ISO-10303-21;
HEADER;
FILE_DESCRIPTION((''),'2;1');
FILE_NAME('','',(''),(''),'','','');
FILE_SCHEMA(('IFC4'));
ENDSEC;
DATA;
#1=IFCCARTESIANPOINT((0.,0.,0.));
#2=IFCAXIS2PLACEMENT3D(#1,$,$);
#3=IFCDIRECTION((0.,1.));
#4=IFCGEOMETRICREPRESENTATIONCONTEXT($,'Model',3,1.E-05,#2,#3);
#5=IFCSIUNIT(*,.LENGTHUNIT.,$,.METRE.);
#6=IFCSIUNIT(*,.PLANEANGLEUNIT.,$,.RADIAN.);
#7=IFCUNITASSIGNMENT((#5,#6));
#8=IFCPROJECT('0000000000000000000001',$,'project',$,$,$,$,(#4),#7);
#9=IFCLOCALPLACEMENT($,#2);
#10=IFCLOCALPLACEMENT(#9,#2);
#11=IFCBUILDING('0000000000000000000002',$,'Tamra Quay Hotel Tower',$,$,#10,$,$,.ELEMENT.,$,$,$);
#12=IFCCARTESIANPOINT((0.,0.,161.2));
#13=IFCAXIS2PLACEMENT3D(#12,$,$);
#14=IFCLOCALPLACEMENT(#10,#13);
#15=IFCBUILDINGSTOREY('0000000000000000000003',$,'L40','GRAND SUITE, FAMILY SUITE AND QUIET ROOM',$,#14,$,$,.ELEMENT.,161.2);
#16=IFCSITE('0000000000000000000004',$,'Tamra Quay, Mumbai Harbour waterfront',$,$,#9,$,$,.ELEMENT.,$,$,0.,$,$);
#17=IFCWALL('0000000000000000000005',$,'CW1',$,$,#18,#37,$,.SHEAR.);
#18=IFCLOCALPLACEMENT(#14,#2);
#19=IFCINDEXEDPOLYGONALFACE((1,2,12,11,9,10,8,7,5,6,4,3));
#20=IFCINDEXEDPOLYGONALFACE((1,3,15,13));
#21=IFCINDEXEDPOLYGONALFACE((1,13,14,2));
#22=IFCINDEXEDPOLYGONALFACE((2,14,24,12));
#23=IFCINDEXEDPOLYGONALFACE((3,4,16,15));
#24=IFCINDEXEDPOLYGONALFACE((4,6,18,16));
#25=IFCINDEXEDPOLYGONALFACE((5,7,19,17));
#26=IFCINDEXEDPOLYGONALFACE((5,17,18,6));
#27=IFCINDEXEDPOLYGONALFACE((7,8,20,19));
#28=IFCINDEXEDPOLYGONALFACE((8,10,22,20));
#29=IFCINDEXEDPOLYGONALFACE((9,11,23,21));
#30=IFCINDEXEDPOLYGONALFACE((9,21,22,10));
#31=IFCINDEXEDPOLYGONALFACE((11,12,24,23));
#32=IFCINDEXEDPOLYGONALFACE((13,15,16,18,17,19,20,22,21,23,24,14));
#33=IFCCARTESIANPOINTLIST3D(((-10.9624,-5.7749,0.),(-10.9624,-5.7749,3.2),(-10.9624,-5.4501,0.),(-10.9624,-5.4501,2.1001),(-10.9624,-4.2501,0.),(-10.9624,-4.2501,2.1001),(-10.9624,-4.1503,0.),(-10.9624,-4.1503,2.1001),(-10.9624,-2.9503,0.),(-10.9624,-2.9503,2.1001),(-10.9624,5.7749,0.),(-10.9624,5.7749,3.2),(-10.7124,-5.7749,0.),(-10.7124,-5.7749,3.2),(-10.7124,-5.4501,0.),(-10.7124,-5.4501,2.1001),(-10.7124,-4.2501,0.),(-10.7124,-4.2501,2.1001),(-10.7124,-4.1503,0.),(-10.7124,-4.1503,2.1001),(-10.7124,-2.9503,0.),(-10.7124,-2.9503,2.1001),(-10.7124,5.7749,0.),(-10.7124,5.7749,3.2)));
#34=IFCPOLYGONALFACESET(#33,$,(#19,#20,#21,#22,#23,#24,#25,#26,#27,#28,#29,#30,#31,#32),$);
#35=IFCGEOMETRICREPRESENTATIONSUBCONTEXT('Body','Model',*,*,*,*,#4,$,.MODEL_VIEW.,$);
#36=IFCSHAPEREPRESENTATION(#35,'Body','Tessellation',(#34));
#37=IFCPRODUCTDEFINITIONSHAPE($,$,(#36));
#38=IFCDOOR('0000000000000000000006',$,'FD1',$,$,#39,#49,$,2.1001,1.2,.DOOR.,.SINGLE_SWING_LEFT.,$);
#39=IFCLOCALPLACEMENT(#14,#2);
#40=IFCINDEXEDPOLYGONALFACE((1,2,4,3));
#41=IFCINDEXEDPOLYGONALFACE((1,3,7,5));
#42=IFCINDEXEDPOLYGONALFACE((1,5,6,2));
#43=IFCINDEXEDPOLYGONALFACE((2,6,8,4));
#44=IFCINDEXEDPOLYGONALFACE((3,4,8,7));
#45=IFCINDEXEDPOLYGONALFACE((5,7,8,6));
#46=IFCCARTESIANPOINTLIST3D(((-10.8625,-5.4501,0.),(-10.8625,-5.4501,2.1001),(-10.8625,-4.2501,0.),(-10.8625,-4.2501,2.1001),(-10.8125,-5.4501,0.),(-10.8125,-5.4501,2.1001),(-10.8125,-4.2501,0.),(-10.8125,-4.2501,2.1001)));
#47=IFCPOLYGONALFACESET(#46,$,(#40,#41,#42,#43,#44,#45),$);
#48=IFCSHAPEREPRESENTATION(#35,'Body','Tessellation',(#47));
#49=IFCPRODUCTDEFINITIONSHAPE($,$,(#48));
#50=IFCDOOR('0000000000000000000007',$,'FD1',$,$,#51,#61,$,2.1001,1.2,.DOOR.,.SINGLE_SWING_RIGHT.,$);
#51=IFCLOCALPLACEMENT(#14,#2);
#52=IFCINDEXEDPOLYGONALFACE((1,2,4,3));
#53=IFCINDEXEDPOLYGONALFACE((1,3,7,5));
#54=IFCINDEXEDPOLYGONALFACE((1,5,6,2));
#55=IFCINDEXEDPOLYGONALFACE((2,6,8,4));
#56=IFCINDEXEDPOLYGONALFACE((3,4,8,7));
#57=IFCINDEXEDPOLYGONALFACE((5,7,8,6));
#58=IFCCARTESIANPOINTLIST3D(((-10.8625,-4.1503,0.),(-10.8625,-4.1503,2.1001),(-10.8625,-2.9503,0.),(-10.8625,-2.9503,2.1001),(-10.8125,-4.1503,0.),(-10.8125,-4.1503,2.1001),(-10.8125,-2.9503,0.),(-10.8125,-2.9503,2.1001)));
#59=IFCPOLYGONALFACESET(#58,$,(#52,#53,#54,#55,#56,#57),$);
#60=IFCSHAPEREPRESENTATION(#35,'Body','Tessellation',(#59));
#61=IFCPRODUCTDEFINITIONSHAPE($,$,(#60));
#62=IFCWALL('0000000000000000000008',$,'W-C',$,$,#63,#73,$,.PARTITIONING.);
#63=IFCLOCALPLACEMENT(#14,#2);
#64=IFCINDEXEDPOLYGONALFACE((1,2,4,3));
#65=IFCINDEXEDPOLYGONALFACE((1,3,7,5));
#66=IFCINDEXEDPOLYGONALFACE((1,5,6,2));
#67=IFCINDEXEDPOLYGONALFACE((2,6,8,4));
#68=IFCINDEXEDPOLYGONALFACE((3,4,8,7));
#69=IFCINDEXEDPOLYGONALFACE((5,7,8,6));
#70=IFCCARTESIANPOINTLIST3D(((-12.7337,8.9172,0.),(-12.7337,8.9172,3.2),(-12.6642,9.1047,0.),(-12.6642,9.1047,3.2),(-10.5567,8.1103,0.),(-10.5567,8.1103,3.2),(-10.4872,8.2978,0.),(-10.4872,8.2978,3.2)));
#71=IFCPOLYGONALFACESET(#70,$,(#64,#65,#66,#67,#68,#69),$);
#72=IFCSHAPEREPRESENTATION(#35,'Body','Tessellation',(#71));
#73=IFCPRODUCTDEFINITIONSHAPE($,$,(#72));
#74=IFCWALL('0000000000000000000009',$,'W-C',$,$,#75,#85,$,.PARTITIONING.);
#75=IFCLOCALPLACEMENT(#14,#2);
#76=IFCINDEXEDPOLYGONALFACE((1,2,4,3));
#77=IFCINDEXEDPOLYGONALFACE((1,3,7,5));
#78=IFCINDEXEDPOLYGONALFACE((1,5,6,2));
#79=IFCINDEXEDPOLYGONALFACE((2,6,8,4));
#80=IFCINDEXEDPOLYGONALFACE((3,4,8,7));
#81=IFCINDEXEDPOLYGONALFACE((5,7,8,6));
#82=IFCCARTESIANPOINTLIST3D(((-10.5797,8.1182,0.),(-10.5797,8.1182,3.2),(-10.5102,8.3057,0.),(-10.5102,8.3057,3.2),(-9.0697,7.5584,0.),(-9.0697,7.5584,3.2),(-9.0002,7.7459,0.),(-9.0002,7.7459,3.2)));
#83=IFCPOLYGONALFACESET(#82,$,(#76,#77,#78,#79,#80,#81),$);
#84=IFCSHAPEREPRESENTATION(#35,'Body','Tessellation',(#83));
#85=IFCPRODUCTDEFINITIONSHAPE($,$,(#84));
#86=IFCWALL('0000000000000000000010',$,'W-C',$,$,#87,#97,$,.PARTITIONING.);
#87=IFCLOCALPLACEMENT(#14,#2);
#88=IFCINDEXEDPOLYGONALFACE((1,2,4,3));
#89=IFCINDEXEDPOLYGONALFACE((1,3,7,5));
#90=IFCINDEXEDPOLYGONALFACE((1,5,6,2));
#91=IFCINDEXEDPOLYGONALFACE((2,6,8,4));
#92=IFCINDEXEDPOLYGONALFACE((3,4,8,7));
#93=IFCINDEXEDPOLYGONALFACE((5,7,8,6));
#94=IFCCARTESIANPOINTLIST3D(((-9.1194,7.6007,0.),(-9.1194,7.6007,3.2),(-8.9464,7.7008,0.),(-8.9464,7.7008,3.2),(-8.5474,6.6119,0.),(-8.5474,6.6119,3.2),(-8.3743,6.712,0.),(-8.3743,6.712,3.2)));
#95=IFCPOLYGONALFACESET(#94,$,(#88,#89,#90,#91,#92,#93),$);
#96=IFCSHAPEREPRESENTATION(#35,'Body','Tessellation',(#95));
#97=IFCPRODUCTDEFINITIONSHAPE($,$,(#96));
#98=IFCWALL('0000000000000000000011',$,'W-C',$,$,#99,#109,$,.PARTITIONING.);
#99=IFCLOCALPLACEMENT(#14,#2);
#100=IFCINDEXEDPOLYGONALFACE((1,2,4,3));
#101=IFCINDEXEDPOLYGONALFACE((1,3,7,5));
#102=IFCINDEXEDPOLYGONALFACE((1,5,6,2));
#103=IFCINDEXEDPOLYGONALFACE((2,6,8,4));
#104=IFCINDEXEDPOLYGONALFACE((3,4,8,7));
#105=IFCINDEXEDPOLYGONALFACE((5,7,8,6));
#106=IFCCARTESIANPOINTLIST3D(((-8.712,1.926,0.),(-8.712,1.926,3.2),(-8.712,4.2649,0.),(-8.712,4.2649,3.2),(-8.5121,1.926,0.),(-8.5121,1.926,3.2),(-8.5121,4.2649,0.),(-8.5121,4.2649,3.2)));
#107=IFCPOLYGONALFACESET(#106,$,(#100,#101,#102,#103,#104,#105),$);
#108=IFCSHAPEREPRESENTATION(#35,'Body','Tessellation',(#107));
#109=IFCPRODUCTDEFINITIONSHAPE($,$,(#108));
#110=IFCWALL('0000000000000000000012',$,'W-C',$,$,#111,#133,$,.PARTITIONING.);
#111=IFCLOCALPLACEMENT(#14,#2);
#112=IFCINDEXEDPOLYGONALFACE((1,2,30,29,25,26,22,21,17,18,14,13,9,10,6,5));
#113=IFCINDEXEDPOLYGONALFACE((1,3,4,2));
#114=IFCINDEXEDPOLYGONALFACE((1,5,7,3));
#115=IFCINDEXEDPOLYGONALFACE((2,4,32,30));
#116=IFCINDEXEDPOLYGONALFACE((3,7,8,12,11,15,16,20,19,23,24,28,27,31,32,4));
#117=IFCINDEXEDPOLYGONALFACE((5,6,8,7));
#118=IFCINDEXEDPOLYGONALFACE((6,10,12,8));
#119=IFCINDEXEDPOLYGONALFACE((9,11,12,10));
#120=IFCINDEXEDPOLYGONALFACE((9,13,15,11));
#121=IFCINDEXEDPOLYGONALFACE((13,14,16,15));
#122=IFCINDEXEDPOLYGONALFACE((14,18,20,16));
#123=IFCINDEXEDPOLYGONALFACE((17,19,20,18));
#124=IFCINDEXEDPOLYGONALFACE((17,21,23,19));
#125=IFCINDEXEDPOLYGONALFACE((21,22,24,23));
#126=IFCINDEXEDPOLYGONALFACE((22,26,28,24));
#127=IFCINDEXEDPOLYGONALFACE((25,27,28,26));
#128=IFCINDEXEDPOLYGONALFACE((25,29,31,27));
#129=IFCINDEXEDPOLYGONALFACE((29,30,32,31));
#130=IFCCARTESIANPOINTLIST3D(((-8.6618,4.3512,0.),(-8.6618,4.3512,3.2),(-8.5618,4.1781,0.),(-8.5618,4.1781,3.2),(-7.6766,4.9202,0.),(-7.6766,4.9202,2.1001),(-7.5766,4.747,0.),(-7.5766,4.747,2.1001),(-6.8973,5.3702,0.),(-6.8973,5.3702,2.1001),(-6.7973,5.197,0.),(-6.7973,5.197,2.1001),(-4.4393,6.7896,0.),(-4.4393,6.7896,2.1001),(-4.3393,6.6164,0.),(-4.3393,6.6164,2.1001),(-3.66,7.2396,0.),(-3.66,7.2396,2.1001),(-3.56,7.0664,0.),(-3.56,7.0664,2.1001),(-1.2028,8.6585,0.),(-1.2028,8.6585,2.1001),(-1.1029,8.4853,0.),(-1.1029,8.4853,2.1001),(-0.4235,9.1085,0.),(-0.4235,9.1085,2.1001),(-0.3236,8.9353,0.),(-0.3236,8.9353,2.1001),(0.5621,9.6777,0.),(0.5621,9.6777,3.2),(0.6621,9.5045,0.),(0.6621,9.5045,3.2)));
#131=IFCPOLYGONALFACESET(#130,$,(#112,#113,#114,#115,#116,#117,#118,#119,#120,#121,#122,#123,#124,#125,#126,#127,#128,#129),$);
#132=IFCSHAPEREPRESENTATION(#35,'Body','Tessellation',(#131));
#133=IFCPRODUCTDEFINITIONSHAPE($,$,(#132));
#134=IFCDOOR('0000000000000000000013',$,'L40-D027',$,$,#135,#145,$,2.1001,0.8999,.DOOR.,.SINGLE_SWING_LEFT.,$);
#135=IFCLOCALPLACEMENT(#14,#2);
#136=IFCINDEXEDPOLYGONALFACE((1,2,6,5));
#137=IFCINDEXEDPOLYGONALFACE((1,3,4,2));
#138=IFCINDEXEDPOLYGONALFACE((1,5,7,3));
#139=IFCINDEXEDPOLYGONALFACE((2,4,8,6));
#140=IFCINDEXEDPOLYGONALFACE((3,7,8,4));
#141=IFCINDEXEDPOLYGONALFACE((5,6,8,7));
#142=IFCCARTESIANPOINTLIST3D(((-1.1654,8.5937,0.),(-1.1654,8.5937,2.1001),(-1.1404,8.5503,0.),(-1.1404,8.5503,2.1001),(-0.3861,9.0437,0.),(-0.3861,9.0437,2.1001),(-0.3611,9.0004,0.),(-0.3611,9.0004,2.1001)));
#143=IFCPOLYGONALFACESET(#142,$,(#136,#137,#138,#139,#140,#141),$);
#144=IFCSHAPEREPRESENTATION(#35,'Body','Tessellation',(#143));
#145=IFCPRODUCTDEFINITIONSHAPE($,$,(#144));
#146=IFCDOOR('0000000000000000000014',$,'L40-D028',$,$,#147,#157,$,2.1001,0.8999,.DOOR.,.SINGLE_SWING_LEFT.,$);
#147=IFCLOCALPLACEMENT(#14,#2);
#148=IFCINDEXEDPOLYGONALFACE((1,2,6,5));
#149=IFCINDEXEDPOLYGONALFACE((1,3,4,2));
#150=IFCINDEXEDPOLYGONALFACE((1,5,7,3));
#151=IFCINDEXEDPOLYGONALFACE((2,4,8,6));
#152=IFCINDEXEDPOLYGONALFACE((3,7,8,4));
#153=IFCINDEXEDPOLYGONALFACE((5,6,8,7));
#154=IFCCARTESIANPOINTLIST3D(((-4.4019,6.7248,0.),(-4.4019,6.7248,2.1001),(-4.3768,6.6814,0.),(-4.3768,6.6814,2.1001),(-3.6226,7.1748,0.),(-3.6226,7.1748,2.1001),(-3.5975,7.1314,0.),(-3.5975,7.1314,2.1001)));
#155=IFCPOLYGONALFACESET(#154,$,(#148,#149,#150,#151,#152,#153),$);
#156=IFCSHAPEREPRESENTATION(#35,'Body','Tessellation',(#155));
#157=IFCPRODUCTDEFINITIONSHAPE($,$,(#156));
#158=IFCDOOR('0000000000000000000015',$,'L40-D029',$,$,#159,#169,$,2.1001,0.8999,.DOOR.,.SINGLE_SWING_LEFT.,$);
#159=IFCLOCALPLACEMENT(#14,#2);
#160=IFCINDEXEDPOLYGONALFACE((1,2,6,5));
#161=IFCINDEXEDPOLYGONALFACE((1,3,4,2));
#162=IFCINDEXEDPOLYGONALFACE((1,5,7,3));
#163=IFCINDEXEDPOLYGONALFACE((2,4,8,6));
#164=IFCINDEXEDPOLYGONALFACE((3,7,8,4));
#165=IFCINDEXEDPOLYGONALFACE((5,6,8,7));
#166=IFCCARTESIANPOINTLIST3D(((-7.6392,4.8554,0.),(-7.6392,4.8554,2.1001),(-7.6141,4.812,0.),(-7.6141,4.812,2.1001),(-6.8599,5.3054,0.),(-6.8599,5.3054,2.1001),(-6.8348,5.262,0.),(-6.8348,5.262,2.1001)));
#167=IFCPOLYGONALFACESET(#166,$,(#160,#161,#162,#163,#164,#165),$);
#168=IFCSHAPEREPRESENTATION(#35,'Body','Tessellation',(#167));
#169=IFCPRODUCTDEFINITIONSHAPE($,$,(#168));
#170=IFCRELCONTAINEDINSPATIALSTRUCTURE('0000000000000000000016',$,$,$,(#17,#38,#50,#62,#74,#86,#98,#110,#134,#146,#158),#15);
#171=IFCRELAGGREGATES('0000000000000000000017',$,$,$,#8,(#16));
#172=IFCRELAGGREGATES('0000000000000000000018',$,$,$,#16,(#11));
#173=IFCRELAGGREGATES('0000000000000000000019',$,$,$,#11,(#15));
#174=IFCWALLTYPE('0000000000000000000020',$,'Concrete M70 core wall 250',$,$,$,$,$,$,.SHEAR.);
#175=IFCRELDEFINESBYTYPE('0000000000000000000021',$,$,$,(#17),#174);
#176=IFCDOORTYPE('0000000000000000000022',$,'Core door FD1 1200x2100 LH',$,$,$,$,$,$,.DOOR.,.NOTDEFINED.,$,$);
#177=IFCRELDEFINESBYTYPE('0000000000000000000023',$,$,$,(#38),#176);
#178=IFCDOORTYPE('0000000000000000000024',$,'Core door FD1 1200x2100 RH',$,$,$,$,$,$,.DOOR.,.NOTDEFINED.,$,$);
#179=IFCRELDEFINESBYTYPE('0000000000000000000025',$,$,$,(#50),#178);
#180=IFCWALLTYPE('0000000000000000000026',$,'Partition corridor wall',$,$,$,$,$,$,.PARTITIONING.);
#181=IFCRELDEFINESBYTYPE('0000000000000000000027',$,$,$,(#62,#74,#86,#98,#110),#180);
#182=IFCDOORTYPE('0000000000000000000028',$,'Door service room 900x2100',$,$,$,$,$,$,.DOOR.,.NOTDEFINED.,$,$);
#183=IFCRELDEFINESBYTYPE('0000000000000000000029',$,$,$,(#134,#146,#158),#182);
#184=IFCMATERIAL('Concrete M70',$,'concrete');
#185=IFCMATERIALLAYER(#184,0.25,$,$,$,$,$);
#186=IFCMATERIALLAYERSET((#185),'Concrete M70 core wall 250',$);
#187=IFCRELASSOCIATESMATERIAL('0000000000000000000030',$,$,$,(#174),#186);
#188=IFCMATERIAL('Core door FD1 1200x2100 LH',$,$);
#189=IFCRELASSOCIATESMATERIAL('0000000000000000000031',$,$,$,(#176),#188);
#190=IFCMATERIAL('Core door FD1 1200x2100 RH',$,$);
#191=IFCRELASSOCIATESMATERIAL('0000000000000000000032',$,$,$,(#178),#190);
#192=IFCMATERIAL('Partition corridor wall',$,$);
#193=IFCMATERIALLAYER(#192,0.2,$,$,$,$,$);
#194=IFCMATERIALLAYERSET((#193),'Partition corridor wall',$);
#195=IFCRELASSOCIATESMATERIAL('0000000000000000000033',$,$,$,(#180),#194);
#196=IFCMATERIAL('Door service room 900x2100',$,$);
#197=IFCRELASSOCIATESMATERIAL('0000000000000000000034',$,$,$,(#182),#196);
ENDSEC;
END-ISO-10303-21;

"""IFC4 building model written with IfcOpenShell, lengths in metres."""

from ifc_helpers import new_model, si_unit, direction, frame, frame_2d, origin, place, context, subcontext, project, spatial, rectangle, extrude, material, layer, layer_set, type_object, element, fill, save


model = new_model("IFC4")

# Units and contexts
model_context = context("Model", 3, precision=1e-05, world=origin(), true_north=direction((0.0, 1.0)))
body_context = subcontext(model_context, "Body", "Model", "MODEL_VIEW")
ifc_project = project(units=[si_unit("LENGTHUNIT", "METRE"), si_unit("PLANEANGLEUNIT", "RADIAN")], contexts=[model_context])

# Site, building, storey
site_placement = place(None, origin())
site = spatial("IfcSite", under=ifc_project, at=site_placement, Name="Tamra Quay, Mumbai Harbour waterfront", CompositionType="ELEMENT", RefElevation=0.0)
building_placement = place(site_placement, origin())
building = spatial("IfcBuilding", under=site, at=building_placement, Name="Tamra Quay Hotel Tower", CompositionType="ELEMENT")
storey_placement = place(building_placement, frame((0.0, 0.0, 161.2)))
storey = spatial("IfcBuildingStorey", under=building, at=storey_placement, Name="L40", Description="GRAND SUITE, FAMILY SUITE AND QUIET ROOM", CompositionType="ELEMENT", Elevation=161.2)

# Wall, openings, doors
ifc_material_1 = material(Name="Concrete M70", Category="concrete")
ifc_layer_1 = layer(ifc_material_1, 0.25)
ifc_layer_set_1 = layer_set([ifc_layer_1], Name="Concrete M70 core wall 250")
wall_type_1 = type_object("IfcWallType", Name="Concrete M70 core wall 250", PredefinedType="SHEAR", material=ifc_layer_set_1)
wall_1_placement = place(storey_placement, frame((-10.8374, 5.7749, 0.0), z_axis=(0.0, 0.0, 1.0), x_axis=(0.0, -1.0, 0.0)))
wall_1 = element("IfcWall", 1, at=wall_1_placement, inside=storey, type_object=wall_type_1, Name="CW1", PredefinedType="SHEAR", context=body_context, shape_type="SweptSolid", body=[
    extrude(rectangle(XDim=11.5498, YDim=0.25, at=frame_2d((5.7749, 0.0))), origin(), (0.0, 0.0, 1.0), 3.2),
])
opening_1_placement = place(wall_1_placement, frame((10.0249, 0.0, 0.0)))
opening_1 = element("IfcOpeningElement", 2, at=opening_1_placement, cuts=wall_1, PredefinedType="OPENING", context=body_context, shape_type="SweptSolid", body=[
    extrude(rectangle(XDim=1.2, YDim=2.1001, at=frame_2d((0.6001, 1.05))), frame((0.0, 0.135, 0.0), z_axis=(0.0, -1.0, 0.0), x_axis=(1.0, 0.0, 0.0)), (0.0, 0.0, 1.0), 0.27),
])
opening_2_placement = place(wall_1_placement, frame((8.7251, 0.0, 0.0)))
opening_2 = element("IfcOpeningElement", 3, at=opening_2_placement, cuts=wall_1, PredefinedType="OPENING", context=body_context, shape_type="SweptSolid", body=[
    extrude(rectangle(XDim=1.2, YDim=2.1001, at=frame_2d((0.6001, 1.05))), frame((0.0, 0.135, 0.0), z_axis=(0.0, -1.0, 0.0), x_axis=(1.0, 0.0, 0.0)), (0.0, 0.0, 1.0), 0.27),
])
ifc_material_2 = material(Name="Core door FD1 1200x2100 LH")
door_type_1 = type_object("IfcDoorType", Name="Core door FD1 1200x2100 LH", OperationType="NOTDEFINED", PredefinedType="DOOR", material=ifc_material_2)
door_1_placement = place(opening_1_placement, origin())
door_1 = element("IfcDoor", 4, at=door_1_placement, inside=storey, type_object=door_type_1, Name="FD1", OperationType="SINGLE_SWING_LEFT", OverallHeight=2.1001, OverallWidth=1.2, PredefinedType="DOOR", context=body_context, shape_type="SweptSolid", body=[
    extrude(rectangle(XDim=1.2, YDim=2.1001, at=frame_2d((0.6001, 1.05))), frame((0.0, 0.0249, 0.0), z_axis=(0.0, -1.0, 0.0), x_axis=(1.0, 0.0, 0.0)), (0.0, 0.0, 1.0), 0.05),
])
fill(opening_1, door_1)
ifc_material_3 = material(Name="Core door FD1 1200x2100 RH")
door_type_2 = type_object("IfcDoorType", Name="Core door FD1 1200x2100 RH", OperationType="NOTDEFINED", PredefinedType="DOOR", material=ifc_material_3)
door_2_placement = place(opening_2_placement, origin())
door_2 = element("IfcDoor", 5, at=door_2_placement, inside=storey, type_object=door_type_2, Name="FD1", OperationType="SINGLE_SWING_RIGHT", OverallHeight=2.1001, OverallWidth=1.2, PredefinedType="DOOR", context=body_context, shape_type="SweptSolid", body=[
    extrude(rectangle(XDim=1.2, YDim=2.1001, at=frame_2d((0.6001, 1.05))), frame((0.0, 0.0249, 0.0), z_axis=(0.0, -1.0, 0.0), x_axis=(1.0, 0.0, 0.0)), (0.0, 0.0, 1.0), 0.05),
])
fill(opening_2, door_2)

# Walls
ifc_material_4 = material(Name="Partition corridor wall")
ifc_layer_2 = layer(ifc_material_4, 0.2)
ifc_layer_set_2 = layer_set([ifc_layer_2], Name="Partition corridor wall")
wall_type_2 = type_object("IfcWallType", Name="Partition corridor wall", PredefinedType="PARTITIONING", material=ifc_layer_set_2)
wall_2_placement = place(storey_placement, frame((-12.699, 9.011, 0.0), z_axis=(0.0, 0.0, 1.0), x_axis=(0.937666, -0.347537, 0.0)))
element("IfcWall", 6, at=wall_2_placement, inside=storey, type_object=wall_type_2, Name="W-C", PredefinedType="PARTITIONING", context=body_context, shape_type="SweptSolid", body=[
    extrude(rectangle(XDim=2.3218, YDim=0.2, at=frame_2d((1.1609, 0.0))), origin(), (0.0, 0.0, 1.0), 3.2),
])
wall_3_placement = place(storey_placement, frame((-10.5449, 8.2119, 0.0), z_axis=(0.0, 0.0, 1.0), x_axis=(0.937637, -0.347616, 0.0)))
element("IfcWall", 7, at=wall_3_placement, inside=storey, type_object=wall_type_2, Name="W-C", PredefinedType="PARTITIONING", context=body_context, shape_type="SweptSolid", body=[
    extrude(rectangle(XDim=1.6104, YDim=0.2, at=frame_2d((0.8052, 0.0))), origin(), (0.0, 0.0, 1.0), 3.2),
])
wall_4_placement = place(storey_placement, frame((-9.033, 7.6509, 0.0), z_axis=(0.0, 0.0, 1.0), x_axis=(0.500758, -0.865587, 0.0)))
element("IfcWall", 8, at=wall_4_placement, inside=storey, type_object=wall_type_2, Name="W-C", PredefinedType="PARTITIONING", context=body_context, shape_type="SweptSolid", body=[
    extrude(rectangle(XDim=1.1423, YDim=0.2, at=frame_2d((0.5713, 0.0))), origin(), (0.0, 0.0, 1.0), 3.2),
])
wall_5_placement = place(storey_placement, frame((-8.6121, 1.926, 0.0), z_axis=(0.0, 0.0, 1.0), x_axis=(0.0, 1.0, 0.0)))
element("IfcWall", 9, at=wall_5_placement, inside=storey, type_object=wall_type_2, Name="W-C", PredefinedType="PARTITIONING", context=body_context, shape_type="SweptSolid", body=[
    extrude(rectangle(XDim=2.3389, YDim=0.2, at=frame_2d((1.1694, 0.0))), origin(), (0.0, 0.0, 1.0), 3.2),
])

# Wall, openings, doors
wall_6_placement = place(storey_placement, frame((-8.6118, 4.2646, 0.0), z_axis=(0.0, 0.0, 1.0), x_axis=(0.865984, 0.500071, 0.0)))
wall_6 = element("IfcWall", 10, at=wall_6_placement, inside=storey, type_object=wall_type_2, Name="W-C", PredefinedType="PARTITIONING", context=body_context, shape_type="SweptSolid", body=[
    extrude(rectangle(XDim=10.6514, YDim=0.2, at=frame_2d((5.3257, 0.0))), origin(), (0.0, 0.0, 1.0), 3.2),
])
opening_3_placement = place(wall_6_placement, frame((8.6133, 0.0, 0.0)))
opening_3 = element("IfcOpeningElement", 11, at=opening_3_placement, cuts=wall_6, PredefinedType="OPENING", context=body_context, shape_type="SweptSolid", body=[
    extrude(rectangle(XDim=0.8999, YDim=2.1001, at=frame_2d((0.45, 1.05))), frame((0.0, 0.1099, 0.0), z_axis=(0.0, -1.0, 0.0), x_axis=(1.0, 0.0, 0.0)), (0.0, 0.0, 1.0), 0.22),
])
opening_4_placement = place(wall_6_placement, frame((4.876, 0.0, 0.0)))
opening_4 = element("IfcOpeningElement", 12, at=opening_4_placement, cuts=wall_6, PredefinedType="OPENING", context=body_context, shape_type="SweptSolid", body=[
    extrude(rectangle(XDim=0.8999, YDim=2.1001, at=frame_2d((0.45, 1.05))), frame((0.0, 0.1099, 0.0), z_axis=(0.0, -1.0, 0.0), x_axis=(1.0, 0.0, 0.0)), (0.0, 0.0, 1.0), 0.22),
])
opening_5_placement = place(wall_6_placement, frame((1.1377, 0.0, 0.0)))
opening_5 = element("IfcOpeningElement", 13, at=opening_5_placement, cuts=wall_6, PredefinedType="OPENING", context=body_context, shape_type="SweptSolid", body=[
    extrude(rectangle(XDim=0.8999, YDim=2.1001, at=frame_2d((0.45, 1.05))), frame((0.0, 0.1099, 0.0), z_axis=(0.0, -1.0, 0.0), x_axis=(1.0, 0.0, 0.0)), (0.0, 0.0, 1.0), 0.22),
])
ifc_material_5 = material(Name="Door service room 900x2100")
door_type_3 = type_object("IfcDoorType", Name="Door service room 900x2100", OperationType="NOTDEFINED", PredefinedType="DOOR", material=ifc_material_5)
door_3_placement = place(opening_3_placement, frame((0.8999, 0.0, 0.0), z_axis=(0.0, 0.0, 1.0), x_axis=(-1.0, 0.0, 0.0)))
door_3 = element("IfcDoor", 14, at=door_3_placement, inside=storey, type_object=door_type_3, Name="L40-D027", OperationType="SINGLE_SWING_LEFT", OverallHeight=2.1001, OverallWidth=0.8999, PredefinedType="DOOR", context=body_context, shape_type="SweptSolid", body=[
    extrude(rectangle(XDim=0.8999, YDim=2.1001, at=frame_2d((0.45, 1.05))), frame((0.0, 0.0249, 0.0), z_axis=(0.0, -1.0, 0.0), x_axis=(1.0, 0.0, 0.0)), (0.0, 0.0, 1.0), 0.05),
])
fill(opening_3, door_3)
door_4_placement = place(opening_4_placement, frame((0.8999, 0.0, 0.0), z_axis=(0.0, 0.0, 1.0), x_axis=(-1.0, 0.0, 0.0)))
door_4 = element("IfcDoor", 15, at=door_4_placement, inside=storey, type_object=door_type_3, Name="L40-D028", OperationType="SINGLE_SWING_LEFT", OverallHeight=2.1001, OverallWidth=0.8999, PredefinedType="DOOR", context=body_context, shape_type="SweptSolid", body=[
    extrude(rectangle(XDim=0.8999, YDim=2.1001, at=frame_2d((0.45, 1.05))), frame((0.0, 0.0249, 0.0), z_axis=(0.0, -1.0, 0.0), x_axis=(1.0, 0.0, 0.0)), (0.0, 0.0, 1.0), 0.05),
])
fill(opening_4, door_4)
door_5_placement = place(opening_5_placement, frame((0.8999, 0.0, 0.0), z_axis=(0.0, 0.0, 1.0), x_axis=(-1.0, 0.0, 0.0)))
door_5 = element("IfcDoor", 16, at=door_5_placement, inside=storey, type_object=door_type_3, Name="L40-D029", OperationType="SINGLE_SWING_LEFT", OverallHeight=2.1001, OverallWidth=0.8999, PredefinedType="DOOR", context=body_context, shape_type="SweptSolid", body=[
    extrude(rectangle(XDim=0.8999, YDim=2.1001, at=frame_2d((0.45, 1.05))), frame((0.0, 0.0249, 0.0), z_axis=(0.0, -1.0, 0.0), x_axis=(1.0, 0.0, 0.0)), (0.0, 0.0, 1.0), 0.05),
])
fill(opening_5, door_5)

save(model, "model.ifc")
